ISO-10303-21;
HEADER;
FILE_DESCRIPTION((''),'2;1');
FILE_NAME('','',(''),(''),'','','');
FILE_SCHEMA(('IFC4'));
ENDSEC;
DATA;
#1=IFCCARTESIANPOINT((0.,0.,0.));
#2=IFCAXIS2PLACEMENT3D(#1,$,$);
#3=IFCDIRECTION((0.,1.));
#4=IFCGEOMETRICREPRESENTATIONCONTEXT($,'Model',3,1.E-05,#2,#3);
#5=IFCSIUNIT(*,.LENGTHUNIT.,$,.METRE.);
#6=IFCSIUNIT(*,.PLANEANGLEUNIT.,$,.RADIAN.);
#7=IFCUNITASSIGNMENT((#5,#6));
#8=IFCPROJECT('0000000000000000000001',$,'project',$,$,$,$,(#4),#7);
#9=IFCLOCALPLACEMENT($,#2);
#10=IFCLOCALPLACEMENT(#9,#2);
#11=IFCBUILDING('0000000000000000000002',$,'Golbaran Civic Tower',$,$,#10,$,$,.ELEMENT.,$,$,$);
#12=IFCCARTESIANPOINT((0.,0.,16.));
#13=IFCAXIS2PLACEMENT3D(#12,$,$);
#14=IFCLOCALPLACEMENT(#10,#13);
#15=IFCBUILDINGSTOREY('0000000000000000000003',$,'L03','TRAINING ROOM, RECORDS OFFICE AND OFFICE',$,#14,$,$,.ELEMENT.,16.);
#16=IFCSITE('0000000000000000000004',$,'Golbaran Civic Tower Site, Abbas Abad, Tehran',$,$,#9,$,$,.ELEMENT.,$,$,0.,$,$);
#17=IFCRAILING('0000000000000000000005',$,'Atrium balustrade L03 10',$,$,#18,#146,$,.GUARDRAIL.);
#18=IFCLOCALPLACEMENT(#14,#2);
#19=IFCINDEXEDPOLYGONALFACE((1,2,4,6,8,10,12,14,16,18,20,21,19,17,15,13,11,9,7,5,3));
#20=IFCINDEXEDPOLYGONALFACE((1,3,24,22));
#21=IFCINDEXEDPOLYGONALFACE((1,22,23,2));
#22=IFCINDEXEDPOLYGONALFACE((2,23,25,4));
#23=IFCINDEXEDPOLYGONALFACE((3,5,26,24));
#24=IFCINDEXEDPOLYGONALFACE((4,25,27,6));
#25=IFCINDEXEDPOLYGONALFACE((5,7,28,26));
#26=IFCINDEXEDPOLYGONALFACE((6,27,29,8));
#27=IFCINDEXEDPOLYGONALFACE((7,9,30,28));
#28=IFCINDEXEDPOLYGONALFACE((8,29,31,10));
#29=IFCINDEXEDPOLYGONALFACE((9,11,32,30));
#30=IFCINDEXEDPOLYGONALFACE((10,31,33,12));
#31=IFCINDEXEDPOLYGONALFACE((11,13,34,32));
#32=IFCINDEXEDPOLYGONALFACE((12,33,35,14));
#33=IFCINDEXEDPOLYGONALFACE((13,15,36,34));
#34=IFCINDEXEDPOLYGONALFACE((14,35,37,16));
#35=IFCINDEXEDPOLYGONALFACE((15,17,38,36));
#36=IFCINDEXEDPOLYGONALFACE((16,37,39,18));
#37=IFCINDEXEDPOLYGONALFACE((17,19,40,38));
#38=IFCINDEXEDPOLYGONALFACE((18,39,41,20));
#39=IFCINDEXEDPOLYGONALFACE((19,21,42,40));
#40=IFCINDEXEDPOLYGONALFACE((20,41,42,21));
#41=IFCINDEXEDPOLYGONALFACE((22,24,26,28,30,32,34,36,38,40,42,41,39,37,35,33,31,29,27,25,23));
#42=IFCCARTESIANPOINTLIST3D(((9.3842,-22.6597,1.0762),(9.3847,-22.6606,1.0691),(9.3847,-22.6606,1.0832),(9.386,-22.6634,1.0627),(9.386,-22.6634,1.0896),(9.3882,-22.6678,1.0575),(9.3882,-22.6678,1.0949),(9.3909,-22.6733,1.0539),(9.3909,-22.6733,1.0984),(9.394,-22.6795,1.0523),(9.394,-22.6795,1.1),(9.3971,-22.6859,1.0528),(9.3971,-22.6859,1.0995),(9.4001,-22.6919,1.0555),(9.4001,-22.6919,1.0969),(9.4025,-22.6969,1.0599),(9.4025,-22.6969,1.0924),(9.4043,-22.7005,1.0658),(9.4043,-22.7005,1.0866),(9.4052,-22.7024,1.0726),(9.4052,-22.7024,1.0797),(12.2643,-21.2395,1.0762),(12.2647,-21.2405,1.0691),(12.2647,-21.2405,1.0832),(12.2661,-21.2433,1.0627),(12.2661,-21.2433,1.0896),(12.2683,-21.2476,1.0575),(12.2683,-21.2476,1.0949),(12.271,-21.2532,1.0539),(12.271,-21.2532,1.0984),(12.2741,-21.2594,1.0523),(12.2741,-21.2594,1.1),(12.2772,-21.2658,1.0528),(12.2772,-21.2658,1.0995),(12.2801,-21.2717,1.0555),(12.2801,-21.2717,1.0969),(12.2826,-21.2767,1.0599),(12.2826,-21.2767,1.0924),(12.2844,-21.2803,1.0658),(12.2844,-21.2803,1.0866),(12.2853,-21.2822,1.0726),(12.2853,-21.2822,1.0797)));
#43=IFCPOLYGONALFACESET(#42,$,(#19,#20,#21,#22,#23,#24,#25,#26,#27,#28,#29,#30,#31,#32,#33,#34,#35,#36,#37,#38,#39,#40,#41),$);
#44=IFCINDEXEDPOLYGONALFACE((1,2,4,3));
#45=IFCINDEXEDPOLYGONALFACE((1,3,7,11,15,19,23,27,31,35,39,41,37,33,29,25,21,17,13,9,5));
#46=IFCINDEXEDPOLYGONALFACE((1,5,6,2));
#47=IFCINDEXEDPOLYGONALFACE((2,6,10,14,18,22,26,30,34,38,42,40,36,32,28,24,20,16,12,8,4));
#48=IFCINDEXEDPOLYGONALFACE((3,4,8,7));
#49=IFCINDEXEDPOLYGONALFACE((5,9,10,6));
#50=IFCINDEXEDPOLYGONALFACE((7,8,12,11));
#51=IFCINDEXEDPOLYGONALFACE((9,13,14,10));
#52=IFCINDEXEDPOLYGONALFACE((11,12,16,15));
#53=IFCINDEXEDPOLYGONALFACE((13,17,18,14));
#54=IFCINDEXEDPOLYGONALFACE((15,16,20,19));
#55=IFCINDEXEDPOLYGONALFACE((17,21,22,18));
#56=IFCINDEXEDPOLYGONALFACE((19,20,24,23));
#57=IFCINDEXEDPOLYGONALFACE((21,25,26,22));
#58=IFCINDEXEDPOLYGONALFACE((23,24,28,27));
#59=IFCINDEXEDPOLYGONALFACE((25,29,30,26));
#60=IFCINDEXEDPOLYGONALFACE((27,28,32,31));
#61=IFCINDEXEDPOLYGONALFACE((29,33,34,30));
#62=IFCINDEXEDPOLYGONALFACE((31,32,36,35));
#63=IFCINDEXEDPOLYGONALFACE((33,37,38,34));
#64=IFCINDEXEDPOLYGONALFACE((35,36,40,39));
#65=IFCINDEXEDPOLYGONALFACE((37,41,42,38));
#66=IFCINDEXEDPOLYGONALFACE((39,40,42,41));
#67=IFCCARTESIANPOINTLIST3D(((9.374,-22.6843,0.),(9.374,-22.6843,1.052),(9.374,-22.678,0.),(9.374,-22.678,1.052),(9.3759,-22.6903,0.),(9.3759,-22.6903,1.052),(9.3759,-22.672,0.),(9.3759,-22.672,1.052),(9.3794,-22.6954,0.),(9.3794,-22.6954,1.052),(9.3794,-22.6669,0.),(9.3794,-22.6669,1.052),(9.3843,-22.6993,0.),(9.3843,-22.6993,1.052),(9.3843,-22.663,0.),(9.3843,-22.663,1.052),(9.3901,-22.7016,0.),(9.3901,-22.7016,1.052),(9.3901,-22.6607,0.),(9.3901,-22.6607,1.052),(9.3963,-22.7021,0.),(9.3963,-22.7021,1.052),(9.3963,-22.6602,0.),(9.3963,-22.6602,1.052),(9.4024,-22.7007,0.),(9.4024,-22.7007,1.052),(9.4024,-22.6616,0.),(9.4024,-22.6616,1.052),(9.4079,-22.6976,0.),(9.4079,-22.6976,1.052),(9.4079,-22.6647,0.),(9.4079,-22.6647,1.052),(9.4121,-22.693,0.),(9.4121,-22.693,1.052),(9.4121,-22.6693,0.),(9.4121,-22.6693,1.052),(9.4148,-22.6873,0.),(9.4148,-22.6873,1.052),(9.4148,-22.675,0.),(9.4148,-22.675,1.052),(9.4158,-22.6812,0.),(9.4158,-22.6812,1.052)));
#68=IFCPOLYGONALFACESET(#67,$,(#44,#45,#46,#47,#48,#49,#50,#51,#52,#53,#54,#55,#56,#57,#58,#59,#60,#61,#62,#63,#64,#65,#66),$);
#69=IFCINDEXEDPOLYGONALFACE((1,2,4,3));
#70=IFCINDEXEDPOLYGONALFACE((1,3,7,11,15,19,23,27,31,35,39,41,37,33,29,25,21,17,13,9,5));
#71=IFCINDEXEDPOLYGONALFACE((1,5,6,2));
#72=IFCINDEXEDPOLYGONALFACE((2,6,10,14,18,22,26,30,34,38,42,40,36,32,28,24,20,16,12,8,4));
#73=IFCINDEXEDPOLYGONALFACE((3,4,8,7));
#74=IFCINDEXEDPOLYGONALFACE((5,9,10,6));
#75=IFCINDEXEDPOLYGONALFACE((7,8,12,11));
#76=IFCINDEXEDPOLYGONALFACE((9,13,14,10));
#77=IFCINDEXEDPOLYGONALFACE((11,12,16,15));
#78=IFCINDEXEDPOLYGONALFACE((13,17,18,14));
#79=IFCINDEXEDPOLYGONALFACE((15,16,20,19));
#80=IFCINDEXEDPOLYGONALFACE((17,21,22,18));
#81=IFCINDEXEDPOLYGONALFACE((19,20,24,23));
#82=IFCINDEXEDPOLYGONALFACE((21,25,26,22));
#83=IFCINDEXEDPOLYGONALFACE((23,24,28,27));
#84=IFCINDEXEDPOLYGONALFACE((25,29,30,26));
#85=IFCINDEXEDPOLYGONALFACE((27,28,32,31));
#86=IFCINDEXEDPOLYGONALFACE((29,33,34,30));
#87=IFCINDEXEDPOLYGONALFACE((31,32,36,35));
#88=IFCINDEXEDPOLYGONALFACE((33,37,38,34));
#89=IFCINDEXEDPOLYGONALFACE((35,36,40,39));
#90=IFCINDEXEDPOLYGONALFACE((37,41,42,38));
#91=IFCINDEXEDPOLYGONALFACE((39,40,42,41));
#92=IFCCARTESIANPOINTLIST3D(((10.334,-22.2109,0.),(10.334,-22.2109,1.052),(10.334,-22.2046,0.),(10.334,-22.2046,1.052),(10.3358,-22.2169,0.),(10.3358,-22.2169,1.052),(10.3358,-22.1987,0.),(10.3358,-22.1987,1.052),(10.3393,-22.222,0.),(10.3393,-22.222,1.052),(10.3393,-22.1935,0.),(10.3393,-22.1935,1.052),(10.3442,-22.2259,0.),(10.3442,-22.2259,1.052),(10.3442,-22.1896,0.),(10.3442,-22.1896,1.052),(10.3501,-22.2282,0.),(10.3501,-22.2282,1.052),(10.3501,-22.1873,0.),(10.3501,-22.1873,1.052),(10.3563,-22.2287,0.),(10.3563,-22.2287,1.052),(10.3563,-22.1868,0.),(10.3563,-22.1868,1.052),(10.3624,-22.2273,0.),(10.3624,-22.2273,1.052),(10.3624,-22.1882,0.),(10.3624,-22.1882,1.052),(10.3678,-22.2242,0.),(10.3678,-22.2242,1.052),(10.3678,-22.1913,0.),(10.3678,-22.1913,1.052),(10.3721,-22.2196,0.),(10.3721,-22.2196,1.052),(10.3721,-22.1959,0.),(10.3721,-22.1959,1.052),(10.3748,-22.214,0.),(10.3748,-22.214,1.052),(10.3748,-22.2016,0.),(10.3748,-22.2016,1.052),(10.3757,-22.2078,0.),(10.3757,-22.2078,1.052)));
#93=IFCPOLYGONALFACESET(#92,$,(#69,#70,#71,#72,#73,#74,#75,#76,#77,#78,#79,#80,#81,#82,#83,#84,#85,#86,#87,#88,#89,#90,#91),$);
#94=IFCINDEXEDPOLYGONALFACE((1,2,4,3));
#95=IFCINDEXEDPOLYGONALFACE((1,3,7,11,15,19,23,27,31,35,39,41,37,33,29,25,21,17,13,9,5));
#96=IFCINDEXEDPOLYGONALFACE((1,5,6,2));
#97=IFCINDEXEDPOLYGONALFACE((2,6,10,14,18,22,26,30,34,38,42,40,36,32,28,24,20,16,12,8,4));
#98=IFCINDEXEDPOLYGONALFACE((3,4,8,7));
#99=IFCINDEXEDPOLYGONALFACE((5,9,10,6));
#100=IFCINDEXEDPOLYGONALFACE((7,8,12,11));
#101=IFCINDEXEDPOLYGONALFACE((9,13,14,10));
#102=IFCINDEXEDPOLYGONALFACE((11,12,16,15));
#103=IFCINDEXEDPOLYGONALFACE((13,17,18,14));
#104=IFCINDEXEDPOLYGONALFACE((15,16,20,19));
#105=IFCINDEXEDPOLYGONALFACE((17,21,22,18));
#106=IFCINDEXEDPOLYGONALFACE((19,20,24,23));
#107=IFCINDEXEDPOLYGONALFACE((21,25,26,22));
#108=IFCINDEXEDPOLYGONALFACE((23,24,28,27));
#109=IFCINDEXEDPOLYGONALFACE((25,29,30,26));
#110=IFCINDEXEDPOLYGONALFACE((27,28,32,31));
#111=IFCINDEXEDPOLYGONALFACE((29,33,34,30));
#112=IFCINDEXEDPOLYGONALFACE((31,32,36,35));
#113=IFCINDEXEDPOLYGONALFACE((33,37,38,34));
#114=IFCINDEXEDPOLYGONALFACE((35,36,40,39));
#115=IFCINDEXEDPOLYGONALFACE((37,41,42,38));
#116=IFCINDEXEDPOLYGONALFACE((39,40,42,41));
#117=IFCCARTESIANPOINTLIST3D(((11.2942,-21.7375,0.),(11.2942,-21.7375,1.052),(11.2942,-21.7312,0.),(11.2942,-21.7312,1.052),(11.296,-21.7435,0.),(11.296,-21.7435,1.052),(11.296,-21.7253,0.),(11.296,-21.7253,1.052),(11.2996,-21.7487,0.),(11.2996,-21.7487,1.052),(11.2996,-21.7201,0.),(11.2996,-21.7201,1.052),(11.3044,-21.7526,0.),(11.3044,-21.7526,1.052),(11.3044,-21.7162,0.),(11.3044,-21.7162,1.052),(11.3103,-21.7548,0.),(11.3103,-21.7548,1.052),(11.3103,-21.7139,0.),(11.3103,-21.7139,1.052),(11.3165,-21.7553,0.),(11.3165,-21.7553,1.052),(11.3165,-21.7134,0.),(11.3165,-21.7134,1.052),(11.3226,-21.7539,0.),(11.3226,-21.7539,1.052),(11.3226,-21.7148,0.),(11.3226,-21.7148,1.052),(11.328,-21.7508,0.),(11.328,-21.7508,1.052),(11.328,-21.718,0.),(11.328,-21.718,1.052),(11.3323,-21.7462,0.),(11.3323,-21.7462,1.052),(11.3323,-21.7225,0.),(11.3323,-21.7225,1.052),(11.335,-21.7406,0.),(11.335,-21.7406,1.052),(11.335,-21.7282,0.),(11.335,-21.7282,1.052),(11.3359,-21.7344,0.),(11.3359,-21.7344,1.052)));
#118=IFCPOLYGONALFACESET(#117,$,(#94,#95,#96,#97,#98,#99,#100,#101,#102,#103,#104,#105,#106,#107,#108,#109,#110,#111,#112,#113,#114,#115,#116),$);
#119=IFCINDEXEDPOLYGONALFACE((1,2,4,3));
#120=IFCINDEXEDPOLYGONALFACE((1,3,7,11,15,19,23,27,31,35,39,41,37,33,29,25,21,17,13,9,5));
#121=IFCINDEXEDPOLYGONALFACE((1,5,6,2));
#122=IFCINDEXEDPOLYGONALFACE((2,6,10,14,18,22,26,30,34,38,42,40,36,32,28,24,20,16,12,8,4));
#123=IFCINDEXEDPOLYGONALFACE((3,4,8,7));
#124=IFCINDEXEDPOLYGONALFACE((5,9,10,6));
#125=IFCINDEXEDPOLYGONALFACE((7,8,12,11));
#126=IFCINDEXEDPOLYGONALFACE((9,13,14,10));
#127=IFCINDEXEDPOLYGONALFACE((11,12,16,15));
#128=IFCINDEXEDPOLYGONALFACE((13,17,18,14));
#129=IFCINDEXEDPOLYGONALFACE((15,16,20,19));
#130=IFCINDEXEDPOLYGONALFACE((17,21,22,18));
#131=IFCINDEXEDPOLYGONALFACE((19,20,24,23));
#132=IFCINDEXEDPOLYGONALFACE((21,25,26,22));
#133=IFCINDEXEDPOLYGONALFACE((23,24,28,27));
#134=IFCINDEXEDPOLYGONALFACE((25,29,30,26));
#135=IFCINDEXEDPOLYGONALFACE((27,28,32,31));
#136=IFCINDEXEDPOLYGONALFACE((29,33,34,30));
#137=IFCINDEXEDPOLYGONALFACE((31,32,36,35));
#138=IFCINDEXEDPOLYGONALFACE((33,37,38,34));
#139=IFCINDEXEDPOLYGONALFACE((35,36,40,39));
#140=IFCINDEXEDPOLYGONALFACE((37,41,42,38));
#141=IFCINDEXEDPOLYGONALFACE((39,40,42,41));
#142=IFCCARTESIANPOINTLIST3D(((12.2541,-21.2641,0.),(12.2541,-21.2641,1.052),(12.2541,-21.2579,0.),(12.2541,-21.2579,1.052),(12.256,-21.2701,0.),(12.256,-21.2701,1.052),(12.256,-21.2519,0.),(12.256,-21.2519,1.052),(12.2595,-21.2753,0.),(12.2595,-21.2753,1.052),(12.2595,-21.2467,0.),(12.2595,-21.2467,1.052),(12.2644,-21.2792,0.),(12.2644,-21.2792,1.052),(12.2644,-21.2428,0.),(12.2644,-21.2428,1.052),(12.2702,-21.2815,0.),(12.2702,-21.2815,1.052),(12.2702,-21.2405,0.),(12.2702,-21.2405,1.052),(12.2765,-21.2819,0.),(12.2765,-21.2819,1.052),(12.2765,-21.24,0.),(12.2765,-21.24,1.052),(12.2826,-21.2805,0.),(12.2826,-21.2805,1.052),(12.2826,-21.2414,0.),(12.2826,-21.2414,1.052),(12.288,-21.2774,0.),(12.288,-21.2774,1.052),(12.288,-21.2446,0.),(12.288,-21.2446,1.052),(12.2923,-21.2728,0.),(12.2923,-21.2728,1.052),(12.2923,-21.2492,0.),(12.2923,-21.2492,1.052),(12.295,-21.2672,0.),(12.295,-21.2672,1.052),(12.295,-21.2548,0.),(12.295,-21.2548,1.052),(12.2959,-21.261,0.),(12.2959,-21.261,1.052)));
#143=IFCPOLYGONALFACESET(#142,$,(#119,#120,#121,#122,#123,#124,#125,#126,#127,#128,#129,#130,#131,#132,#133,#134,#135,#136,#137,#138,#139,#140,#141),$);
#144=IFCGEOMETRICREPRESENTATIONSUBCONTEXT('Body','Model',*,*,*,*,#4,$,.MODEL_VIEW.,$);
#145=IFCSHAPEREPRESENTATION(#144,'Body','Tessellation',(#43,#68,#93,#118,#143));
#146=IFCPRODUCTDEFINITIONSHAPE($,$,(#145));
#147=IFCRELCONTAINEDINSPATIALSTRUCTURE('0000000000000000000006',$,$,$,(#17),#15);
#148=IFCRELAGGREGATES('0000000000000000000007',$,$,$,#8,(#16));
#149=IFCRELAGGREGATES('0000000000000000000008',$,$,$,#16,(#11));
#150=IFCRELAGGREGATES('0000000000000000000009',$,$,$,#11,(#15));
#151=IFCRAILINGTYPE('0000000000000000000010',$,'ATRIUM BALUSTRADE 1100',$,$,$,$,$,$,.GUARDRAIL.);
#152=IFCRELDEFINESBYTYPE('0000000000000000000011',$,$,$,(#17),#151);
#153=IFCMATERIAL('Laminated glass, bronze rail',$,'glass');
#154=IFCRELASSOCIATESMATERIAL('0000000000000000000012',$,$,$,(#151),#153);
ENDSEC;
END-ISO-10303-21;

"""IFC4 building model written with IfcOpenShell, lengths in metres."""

from ifc_helpers import new_model, si_unit, direction, frame, origin, origin_2d, place, context, subcontext, project, spatial, circle, extrude, material, type_object, element, save


model = new_model("IFC4")

# Units and contexts
model_context = context("Model", 3, precision=1e-05, world=origin(), true_north=direction((0.0, 1.0)))
body_context = subcontext(model_context, "Body", "Model", "MODEL_VIEW")
ifc_project = project(units=[si_unit("LENGTHUNIT", "METRE"), si_unit("PLANEANGLEUNIT", "RADIAN")], contexts=[model_context])

# Site, building, storey
site_placement = place(None, origin())
site = spatial("IfcSite", under=ifc_project, at=site_placement, Name="Golbaran Civic Tower Site, Abbas Abad, Tehran", CompositionType="ELEMENT", RefElevation=0.0)
building_placement = place(site_placement, origin())
building = spatial("IfcBuilding", under=site, at=building_placement, Name="Golbaran Civic Tower", CompositionType="ELEMENT")
storey_placement = place(building_placement, frame((0.0, 0.0, 16.0)))
storey = spatial("IfcBuildingStorey", under=building, at=storey_placement, Name="L03", Description="TRAINING ROOM, RECORDS OFFICE AND OFFICE", CompositionType="ELEMENT", Elevation=16.0)

# Railing
ifc_material_1 = material(Name="Laminated glass, bronze rail", Category="glass")
railing_type = type_object("IfcRailingType", Name="ATRIUM BALUSTRADE 1100", PredefinedType="GUARDRAIL", material=ifc_material_1)
railing_1_placement = place(storey_placement, frame((9.3948, -22.6812, 0.0)))
element("IfcRailing", 1, at=railing_1_placement, inside=storey, type_object=railing_type, Name="Atrium balustrade L03 10", PredefinedType="GUARDRAIL", context=body_context, shape_type="SweptSolid", body=[
    extrude(circle(Radius=0.0239, at=origin_2d()), frame((0.0, 0.0, 1.0762), z_axis=(0.896892, 0.44225, 0.0), x_axis=(-0.44225, 0.896892, 0.0)), (0.0, 0.0, 1.0), 3.2112),
    extrude(circle(Radius=0.021, at=origin_2d()), origin(), (0.0, 0.0, 1.0), 1.052),
    extrude(circle(Radius=0.021, at=origin_2d()), frame((0.96, 0.4734, 0.0)), (0.0, 0.0, 1.0), 1.052),
    extrude(circle(Radius=0.021, at=origin_2d()), frame((1.9202, 0.9468, 0.0)), (0.0, 0.0, 1.0), 1.052),
    extrude(circle(Radius=0.021, at=origin_2d()), frame((2.8801, 1.4202, 0.0)), (0.0, 0.0, 1.0), 1.052),
])

save(model, "model.ifc")
